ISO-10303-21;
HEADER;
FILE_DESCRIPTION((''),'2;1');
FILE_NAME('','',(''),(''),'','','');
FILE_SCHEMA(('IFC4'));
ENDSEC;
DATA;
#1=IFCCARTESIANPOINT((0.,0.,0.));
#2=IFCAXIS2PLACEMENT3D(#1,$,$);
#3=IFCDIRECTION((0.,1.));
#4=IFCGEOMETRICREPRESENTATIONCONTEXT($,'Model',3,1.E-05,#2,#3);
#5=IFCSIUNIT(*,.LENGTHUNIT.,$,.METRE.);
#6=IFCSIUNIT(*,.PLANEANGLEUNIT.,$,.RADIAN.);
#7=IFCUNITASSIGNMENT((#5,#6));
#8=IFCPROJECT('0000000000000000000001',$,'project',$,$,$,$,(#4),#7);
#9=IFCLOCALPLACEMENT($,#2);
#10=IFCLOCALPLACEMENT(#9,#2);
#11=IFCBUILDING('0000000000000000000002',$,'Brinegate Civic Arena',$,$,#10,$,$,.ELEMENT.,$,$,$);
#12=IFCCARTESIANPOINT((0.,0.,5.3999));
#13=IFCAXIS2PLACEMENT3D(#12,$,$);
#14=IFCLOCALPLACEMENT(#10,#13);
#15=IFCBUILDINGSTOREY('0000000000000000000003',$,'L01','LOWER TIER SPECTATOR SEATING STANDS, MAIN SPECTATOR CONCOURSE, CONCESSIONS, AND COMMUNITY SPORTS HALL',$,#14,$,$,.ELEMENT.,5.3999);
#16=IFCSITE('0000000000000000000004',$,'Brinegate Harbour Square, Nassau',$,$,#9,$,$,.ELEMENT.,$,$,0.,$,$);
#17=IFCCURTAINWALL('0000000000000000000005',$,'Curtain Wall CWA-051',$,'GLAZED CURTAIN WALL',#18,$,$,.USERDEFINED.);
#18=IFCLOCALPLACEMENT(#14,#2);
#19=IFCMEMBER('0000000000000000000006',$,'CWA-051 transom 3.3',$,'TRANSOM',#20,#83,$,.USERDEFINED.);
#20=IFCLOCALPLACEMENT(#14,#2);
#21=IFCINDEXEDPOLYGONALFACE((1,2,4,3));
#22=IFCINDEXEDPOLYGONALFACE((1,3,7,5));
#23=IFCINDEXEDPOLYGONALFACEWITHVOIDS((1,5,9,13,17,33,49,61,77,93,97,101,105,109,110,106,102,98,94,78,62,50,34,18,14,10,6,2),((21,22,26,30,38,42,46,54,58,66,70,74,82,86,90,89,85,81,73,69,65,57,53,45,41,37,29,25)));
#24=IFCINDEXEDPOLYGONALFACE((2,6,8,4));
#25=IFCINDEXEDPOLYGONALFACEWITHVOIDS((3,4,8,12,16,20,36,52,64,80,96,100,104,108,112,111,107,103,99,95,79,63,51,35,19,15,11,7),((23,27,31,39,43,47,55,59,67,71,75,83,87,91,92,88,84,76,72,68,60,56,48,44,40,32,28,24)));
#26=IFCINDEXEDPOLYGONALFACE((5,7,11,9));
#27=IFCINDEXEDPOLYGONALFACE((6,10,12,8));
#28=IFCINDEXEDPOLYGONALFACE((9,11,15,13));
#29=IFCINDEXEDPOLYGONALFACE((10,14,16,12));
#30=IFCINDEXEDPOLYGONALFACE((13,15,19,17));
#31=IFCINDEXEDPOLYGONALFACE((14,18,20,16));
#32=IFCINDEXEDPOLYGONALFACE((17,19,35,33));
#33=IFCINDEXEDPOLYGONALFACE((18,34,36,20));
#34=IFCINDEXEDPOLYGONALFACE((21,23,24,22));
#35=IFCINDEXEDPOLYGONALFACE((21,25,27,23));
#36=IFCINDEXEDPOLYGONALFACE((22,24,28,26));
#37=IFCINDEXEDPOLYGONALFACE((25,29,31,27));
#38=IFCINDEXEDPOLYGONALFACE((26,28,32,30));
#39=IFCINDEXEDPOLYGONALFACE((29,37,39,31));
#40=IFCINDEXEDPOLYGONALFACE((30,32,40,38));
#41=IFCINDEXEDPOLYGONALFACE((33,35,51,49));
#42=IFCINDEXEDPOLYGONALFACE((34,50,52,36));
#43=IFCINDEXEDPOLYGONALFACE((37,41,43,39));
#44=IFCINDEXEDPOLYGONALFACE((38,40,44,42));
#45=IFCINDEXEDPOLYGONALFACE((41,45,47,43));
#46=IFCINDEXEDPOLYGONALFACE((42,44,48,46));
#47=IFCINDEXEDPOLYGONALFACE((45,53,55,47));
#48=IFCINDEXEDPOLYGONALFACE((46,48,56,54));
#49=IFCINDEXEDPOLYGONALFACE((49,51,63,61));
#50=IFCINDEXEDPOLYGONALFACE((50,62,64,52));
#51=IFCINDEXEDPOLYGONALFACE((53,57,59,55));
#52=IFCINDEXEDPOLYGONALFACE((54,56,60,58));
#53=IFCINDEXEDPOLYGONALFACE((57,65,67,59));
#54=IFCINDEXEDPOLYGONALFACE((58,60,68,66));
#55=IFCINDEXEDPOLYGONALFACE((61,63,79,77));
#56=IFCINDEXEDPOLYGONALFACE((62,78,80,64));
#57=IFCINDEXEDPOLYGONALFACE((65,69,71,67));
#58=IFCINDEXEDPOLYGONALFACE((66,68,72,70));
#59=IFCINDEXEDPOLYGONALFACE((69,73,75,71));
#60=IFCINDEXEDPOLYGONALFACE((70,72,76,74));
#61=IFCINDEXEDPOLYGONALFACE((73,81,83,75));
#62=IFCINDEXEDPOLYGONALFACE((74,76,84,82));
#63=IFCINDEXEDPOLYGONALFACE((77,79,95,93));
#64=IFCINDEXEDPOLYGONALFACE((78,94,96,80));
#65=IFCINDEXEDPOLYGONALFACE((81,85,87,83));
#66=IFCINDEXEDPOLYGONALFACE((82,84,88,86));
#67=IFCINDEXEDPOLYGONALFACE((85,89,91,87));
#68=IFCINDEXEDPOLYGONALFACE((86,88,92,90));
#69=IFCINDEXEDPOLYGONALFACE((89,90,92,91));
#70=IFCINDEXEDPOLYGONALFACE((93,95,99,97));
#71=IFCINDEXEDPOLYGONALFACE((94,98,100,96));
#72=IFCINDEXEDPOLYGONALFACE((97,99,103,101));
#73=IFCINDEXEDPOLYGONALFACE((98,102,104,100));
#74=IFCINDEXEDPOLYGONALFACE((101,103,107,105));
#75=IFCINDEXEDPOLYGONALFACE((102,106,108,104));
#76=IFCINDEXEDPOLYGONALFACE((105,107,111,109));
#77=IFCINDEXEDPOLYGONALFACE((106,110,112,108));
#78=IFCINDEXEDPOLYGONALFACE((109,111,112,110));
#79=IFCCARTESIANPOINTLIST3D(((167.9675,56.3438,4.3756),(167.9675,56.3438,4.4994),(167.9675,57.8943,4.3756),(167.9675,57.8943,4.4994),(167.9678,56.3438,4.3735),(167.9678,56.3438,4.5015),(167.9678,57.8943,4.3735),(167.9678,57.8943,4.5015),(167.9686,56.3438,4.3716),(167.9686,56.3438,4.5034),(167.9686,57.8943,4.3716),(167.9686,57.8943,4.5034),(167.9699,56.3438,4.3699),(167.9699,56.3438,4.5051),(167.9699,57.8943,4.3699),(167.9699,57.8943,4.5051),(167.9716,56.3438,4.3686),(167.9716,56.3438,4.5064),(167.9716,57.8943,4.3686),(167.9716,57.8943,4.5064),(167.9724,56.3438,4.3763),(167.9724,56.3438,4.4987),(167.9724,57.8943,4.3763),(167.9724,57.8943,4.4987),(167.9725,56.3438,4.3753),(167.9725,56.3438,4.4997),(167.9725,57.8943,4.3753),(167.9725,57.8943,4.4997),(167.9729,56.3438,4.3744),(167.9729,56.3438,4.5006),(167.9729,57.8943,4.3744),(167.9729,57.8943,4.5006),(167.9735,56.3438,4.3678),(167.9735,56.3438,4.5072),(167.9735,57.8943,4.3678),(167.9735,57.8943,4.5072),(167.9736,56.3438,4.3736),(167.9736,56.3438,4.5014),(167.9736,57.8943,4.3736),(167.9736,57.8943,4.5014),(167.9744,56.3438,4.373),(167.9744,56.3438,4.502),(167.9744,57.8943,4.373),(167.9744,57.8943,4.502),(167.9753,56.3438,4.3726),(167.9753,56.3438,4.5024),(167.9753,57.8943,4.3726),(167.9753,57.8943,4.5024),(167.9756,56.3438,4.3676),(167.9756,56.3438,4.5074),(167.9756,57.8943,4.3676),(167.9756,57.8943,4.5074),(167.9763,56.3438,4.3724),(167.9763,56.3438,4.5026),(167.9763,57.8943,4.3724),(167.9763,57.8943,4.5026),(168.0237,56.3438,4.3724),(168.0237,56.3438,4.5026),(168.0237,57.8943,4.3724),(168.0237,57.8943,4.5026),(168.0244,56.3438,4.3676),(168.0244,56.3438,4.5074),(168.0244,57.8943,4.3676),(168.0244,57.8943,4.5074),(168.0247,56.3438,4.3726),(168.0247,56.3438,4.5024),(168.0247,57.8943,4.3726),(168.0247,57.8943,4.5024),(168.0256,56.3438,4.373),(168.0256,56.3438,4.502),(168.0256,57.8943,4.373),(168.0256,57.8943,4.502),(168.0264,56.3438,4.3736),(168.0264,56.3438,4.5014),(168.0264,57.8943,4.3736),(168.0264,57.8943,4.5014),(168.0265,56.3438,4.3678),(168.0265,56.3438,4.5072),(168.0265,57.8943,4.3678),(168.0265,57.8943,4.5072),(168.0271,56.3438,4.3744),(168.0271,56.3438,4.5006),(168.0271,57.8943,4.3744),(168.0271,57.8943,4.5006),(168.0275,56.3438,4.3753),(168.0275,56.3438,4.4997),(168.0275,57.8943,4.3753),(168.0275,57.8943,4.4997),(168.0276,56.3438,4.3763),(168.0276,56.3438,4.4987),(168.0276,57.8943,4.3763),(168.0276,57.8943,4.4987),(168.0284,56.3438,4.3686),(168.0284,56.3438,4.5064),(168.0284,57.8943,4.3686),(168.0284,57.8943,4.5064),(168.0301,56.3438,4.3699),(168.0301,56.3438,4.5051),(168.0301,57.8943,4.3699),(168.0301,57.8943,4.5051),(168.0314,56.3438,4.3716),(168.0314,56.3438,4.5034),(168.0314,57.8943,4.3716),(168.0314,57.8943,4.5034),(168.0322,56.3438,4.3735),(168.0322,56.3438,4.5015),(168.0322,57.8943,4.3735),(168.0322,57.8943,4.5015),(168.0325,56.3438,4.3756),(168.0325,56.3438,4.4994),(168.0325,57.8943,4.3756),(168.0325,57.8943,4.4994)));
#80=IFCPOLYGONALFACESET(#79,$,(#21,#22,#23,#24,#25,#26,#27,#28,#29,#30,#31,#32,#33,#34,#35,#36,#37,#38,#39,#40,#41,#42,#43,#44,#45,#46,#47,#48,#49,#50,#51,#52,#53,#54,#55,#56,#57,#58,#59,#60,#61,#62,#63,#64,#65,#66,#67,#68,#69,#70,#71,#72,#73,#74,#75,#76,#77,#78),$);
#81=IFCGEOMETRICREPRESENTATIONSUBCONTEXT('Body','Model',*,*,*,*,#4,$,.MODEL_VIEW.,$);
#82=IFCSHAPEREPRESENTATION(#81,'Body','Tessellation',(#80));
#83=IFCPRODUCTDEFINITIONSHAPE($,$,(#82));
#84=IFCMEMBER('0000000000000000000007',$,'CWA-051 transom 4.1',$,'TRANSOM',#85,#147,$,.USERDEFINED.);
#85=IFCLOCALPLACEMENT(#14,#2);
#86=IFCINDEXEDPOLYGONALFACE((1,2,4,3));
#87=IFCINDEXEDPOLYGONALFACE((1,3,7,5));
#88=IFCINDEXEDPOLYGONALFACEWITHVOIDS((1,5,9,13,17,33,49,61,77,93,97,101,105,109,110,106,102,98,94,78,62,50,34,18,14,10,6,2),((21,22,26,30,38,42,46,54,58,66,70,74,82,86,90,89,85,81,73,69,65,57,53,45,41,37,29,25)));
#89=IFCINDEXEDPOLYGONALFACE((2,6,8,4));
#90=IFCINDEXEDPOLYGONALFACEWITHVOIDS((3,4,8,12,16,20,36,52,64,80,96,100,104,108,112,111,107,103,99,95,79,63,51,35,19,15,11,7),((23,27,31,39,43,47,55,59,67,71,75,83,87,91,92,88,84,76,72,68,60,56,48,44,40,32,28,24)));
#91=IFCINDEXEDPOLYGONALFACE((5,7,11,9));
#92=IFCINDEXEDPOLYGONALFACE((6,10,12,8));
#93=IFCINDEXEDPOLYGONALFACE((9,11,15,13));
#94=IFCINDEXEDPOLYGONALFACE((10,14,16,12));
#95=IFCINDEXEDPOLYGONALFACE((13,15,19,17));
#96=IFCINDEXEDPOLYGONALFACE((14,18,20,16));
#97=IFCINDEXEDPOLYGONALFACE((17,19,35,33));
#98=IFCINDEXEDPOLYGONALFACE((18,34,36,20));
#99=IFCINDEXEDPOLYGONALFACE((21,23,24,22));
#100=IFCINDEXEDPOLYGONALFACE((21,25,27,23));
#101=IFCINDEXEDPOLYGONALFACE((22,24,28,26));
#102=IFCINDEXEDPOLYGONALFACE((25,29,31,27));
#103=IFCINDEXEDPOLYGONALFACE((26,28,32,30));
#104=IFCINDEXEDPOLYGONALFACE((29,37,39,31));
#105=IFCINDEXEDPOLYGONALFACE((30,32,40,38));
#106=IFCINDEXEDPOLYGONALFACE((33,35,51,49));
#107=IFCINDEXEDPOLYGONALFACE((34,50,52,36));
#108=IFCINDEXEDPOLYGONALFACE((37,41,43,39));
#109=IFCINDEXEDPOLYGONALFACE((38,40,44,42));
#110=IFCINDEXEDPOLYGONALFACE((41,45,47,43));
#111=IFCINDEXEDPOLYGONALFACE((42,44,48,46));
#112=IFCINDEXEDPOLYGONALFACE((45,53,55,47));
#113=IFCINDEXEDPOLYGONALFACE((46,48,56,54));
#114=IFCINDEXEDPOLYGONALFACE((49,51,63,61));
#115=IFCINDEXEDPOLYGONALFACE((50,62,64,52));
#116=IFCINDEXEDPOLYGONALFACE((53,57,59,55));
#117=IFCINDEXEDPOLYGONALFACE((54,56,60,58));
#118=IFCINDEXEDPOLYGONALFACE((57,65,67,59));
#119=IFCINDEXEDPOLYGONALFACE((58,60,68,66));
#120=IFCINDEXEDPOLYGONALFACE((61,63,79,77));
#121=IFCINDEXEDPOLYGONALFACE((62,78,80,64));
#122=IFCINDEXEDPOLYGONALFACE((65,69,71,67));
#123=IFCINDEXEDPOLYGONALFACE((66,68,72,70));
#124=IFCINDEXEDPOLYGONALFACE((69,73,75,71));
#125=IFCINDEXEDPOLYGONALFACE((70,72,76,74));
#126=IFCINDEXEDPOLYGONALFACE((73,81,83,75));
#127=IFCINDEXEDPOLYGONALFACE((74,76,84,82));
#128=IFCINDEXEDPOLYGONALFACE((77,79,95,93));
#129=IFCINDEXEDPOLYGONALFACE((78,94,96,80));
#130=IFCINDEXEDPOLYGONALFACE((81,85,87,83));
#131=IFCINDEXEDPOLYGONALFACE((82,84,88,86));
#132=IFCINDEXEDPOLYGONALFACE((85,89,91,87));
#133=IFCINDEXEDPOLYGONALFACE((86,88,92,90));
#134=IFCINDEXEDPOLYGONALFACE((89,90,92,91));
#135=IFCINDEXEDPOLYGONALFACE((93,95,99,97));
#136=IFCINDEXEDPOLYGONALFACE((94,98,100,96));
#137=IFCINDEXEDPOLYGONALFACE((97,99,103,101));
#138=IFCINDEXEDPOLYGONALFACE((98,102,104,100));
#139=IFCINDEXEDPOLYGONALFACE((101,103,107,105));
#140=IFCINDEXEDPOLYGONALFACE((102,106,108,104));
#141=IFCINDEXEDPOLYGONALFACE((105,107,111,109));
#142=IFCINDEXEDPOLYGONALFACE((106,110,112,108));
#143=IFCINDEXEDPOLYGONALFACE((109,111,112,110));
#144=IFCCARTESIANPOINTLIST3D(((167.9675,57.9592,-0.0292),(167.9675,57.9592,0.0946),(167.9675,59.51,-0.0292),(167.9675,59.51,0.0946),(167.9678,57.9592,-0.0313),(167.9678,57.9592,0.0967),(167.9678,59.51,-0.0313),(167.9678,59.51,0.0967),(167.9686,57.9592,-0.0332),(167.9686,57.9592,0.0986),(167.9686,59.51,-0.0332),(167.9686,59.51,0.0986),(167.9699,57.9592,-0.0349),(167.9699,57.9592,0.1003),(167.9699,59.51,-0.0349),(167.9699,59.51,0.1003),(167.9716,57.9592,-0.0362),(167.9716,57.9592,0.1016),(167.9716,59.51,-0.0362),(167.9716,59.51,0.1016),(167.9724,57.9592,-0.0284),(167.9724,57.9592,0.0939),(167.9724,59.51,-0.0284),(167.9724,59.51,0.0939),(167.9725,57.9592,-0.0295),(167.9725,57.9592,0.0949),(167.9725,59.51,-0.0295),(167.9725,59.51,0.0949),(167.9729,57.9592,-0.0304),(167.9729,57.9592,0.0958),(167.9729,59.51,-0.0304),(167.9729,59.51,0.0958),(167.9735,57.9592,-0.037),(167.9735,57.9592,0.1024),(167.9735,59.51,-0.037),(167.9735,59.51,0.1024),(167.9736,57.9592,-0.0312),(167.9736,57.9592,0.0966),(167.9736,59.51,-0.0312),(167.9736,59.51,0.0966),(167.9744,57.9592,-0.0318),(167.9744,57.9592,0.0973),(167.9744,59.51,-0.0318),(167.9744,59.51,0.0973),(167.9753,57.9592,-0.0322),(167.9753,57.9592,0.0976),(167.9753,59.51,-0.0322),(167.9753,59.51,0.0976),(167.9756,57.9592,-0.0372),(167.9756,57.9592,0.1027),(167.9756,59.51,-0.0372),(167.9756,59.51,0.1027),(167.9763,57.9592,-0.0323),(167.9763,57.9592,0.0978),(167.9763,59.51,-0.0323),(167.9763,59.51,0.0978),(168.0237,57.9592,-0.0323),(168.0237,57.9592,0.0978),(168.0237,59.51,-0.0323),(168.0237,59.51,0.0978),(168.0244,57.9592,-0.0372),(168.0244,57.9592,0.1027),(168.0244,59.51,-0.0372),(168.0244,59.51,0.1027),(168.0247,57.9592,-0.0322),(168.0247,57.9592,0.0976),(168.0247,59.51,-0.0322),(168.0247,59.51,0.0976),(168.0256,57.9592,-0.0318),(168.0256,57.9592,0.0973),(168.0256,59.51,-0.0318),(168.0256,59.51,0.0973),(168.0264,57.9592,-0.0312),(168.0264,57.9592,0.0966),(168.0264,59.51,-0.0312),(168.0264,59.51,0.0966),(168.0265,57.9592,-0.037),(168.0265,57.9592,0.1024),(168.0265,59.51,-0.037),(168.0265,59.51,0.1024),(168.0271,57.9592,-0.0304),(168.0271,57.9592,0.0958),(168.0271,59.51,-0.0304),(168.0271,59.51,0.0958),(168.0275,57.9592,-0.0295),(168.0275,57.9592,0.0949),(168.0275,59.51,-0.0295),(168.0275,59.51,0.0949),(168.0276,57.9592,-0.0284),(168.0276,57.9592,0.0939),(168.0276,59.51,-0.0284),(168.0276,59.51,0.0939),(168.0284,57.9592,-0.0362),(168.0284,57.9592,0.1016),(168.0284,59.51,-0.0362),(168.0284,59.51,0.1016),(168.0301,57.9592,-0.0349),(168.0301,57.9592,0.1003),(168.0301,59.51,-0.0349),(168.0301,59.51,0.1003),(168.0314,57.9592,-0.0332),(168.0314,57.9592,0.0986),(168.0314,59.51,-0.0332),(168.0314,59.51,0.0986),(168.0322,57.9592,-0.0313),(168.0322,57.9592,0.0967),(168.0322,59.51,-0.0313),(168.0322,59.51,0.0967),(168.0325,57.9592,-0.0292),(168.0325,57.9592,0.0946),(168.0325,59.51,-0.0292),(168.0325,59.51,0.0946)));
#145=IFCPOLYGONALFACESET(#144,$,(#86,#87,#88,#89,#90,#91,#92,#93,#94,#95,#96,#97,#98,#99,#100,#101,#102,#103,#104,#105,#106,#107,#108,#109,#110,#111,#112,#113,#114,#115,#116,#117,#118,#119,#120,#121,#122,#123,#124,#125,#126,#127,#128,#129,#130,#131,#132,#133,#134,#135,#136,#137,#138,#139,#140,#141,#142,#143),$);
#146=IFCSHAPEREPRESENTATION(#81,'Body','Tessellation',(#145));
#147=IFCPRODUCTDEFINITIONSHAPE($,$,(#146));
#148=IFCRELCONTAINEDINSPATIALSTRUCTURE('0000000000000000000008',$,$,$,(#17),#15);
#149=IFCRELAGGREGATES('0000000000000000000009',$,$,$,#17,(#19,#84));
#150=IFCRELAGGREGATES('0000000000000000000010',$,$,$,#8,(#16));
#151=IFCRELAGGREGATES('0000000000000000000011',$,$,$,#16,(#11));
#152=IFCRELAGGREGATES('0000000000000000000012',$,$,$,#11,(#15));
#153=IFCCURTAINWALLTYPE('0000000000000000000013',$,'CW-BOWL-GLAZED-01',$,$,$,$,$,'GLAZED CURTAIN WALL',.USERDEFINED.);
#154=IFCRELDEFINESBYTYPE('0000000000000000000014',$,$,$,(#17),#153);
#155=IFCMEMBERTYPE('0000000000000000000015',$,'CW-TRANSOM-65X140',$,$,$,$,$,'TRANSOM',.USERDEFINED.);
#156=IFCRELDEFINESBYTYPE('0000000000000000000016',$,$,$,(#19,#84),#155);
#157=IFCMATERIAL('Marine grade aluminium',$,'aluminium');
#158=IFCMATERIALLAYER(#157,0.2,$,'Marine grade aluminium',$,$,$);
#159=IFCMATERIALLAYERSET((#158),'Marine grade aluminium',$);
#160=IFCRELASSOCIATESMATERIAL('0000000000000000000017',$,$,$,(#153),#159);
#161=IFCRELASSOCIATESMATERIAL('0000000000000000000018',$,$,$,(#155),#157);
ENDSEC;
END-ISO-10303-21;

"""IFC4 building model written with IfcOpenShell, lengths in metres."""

from ifc_helpers import new_model, si_unit, direction, frame, origin, origin_2d, place, context, subcontext, project, spatial, hollow_rectangle, extrude, material, layer, layer_set, material_profile, profile_set, type_object, element, aggregate, save


model = new_model("IFC4")

# Units and contexts
model_context = context("Model", 3, precision=1e-05, world=origin(), true_north=direction((0.0, 1.0)))
body_context = subcontext(model_context, "Body", "Model", "MODEL_VIEW")
ifc_project = project(units=[si_unit("LENGTHUNIT", "METRE"), si_unit("PLANEANGLEUNIT", "RADIAN")], contexts=[model_context])

# Site, building, storey
site_placement = place(None, origin())
site = spatial("IfcSite", under=ifc_project, at=site_placement, Name="Brinegate Harbour Square, Nassau", CompositionType="ELEMENT", RefElevation=0.0)
building_placement = place(site_placement, origin())
building = spatial("IfcBuilding", under=site, at=building_placement, Name="Brinegate Civic Arena", CompositionType="ELEMENT")
storey_placement = place(building_placement, frame((0.0, 0.0, 5.3999)))
storey = spatial("IfcBuildingStorey", under=building, at=storey_placement, Name="L01", Description="LOWER TIER SPECTATOR SEATING STANDS, MAIN SPECTATOR CONCOURSE, CONCESSIONS, AND COMMUNITY SPORTS HALL", CompositionType="ELEMENT", Elevation=5.3999)

# Curtain wall, members
ifc_material_1 = material(Name="Marine grade aluminium", Category="aluminium")
ifc_layer_1 = layer(ifc_material_1, 0.2, Name="Marine grade aluminium")
ifc_layer_set_1 = layer_set([ifc_layer_1], Name="Marine grade aluminium")
curtain_wall_type = type_object("IfcCurtainWallType", Name="CW-BOWL-GLAZED-01", ElementType="GLAZED CURTAIN WALL", PredefinedType="USERDEFINED", material=ifc_layer_set_1)
curtain_wall_placement = place(storey_placement, origin())
curtain_wall = element("IfcCurtainWall", 1, at=curtain_wall_placement, inside=storey, type_object=curtain_wall_type, Name="Curtain Wall CWA-051", ObjectType="GLAZED CURTAIN WALL", PredefinedType="USERDEFINED")
ifc_material_profile_1 = material_profile(ifc_material_1, hollow_rectangle(XDim=0.0649, YDim=0.1399, WallThickness=0.0049, InnerFilletRadius=0.0039, OuterFilletRadius=0.0081, at=origin_2d()), Name="TRN65X140")
ifc_profile_set_1 = profile_set([ifc_material_profile_1], Name="Marine grade aluminium")
member_type_1 = type_object("IfcMemberType", Name="CW-TRANSOM-65X140", ElementType="TRANSOM", PredefinedType="USERDEFINED", material=ifc_profile_set_1)
member_1_placement = place(storey_placement, frame((168.0, 56.3438, 4.4375), z_axis=(0.0, 1.0, 0.0), x_axis=(-1.0, 0.0, 0.0)))
member_1 = element("IfcMember", 2, at=member_1_placement, type_object=member_type_1, Name="CWA-051 transom 3.3", ObjectType="TRANSOM", PredefinedType="USERDEFINED", context=body_context, shape_type="SweptSolid", body=[
    extrude(hollow_rectangle(XDim=0.0649, YDim=0.1399, WallThickness=0.0049, InnerFilletRadius=0.0039, OuterFilletRadius=0.0081, at=origin_2d()), origin(), (0.0, 0.0, 1.0), 1.5505),
])
member_2_placement = place(storey_placement, frame((168.0, 57.9592, 0.0327), z_axis=(0.0, 1.0, 0.0), x_axis=(-1.0, 0.0, 0.0)))
member_2 = element("IfcMember", 3, at=member_2_placement, type_object=member_type_1, Name="CWA-051 transom 4.1", ObjectType="TRANSOM", PredefinedType="USERDEFINED", context=body_context, shape_type="SweptSolid", body=[
    extrude(hollow_rectangle(XDim=0.0649, YDim=0.1399, WallThickness=0.0049, InnerFilletRadius=0.0039, OuterFilletRadius=0.0081, at=origin_2d()), origin(), (0.0, 0.0, 1.0), 1.5508),
])

aggregate(curtain_wall, [member_1, member_2])

save(model, "model.ifc")
